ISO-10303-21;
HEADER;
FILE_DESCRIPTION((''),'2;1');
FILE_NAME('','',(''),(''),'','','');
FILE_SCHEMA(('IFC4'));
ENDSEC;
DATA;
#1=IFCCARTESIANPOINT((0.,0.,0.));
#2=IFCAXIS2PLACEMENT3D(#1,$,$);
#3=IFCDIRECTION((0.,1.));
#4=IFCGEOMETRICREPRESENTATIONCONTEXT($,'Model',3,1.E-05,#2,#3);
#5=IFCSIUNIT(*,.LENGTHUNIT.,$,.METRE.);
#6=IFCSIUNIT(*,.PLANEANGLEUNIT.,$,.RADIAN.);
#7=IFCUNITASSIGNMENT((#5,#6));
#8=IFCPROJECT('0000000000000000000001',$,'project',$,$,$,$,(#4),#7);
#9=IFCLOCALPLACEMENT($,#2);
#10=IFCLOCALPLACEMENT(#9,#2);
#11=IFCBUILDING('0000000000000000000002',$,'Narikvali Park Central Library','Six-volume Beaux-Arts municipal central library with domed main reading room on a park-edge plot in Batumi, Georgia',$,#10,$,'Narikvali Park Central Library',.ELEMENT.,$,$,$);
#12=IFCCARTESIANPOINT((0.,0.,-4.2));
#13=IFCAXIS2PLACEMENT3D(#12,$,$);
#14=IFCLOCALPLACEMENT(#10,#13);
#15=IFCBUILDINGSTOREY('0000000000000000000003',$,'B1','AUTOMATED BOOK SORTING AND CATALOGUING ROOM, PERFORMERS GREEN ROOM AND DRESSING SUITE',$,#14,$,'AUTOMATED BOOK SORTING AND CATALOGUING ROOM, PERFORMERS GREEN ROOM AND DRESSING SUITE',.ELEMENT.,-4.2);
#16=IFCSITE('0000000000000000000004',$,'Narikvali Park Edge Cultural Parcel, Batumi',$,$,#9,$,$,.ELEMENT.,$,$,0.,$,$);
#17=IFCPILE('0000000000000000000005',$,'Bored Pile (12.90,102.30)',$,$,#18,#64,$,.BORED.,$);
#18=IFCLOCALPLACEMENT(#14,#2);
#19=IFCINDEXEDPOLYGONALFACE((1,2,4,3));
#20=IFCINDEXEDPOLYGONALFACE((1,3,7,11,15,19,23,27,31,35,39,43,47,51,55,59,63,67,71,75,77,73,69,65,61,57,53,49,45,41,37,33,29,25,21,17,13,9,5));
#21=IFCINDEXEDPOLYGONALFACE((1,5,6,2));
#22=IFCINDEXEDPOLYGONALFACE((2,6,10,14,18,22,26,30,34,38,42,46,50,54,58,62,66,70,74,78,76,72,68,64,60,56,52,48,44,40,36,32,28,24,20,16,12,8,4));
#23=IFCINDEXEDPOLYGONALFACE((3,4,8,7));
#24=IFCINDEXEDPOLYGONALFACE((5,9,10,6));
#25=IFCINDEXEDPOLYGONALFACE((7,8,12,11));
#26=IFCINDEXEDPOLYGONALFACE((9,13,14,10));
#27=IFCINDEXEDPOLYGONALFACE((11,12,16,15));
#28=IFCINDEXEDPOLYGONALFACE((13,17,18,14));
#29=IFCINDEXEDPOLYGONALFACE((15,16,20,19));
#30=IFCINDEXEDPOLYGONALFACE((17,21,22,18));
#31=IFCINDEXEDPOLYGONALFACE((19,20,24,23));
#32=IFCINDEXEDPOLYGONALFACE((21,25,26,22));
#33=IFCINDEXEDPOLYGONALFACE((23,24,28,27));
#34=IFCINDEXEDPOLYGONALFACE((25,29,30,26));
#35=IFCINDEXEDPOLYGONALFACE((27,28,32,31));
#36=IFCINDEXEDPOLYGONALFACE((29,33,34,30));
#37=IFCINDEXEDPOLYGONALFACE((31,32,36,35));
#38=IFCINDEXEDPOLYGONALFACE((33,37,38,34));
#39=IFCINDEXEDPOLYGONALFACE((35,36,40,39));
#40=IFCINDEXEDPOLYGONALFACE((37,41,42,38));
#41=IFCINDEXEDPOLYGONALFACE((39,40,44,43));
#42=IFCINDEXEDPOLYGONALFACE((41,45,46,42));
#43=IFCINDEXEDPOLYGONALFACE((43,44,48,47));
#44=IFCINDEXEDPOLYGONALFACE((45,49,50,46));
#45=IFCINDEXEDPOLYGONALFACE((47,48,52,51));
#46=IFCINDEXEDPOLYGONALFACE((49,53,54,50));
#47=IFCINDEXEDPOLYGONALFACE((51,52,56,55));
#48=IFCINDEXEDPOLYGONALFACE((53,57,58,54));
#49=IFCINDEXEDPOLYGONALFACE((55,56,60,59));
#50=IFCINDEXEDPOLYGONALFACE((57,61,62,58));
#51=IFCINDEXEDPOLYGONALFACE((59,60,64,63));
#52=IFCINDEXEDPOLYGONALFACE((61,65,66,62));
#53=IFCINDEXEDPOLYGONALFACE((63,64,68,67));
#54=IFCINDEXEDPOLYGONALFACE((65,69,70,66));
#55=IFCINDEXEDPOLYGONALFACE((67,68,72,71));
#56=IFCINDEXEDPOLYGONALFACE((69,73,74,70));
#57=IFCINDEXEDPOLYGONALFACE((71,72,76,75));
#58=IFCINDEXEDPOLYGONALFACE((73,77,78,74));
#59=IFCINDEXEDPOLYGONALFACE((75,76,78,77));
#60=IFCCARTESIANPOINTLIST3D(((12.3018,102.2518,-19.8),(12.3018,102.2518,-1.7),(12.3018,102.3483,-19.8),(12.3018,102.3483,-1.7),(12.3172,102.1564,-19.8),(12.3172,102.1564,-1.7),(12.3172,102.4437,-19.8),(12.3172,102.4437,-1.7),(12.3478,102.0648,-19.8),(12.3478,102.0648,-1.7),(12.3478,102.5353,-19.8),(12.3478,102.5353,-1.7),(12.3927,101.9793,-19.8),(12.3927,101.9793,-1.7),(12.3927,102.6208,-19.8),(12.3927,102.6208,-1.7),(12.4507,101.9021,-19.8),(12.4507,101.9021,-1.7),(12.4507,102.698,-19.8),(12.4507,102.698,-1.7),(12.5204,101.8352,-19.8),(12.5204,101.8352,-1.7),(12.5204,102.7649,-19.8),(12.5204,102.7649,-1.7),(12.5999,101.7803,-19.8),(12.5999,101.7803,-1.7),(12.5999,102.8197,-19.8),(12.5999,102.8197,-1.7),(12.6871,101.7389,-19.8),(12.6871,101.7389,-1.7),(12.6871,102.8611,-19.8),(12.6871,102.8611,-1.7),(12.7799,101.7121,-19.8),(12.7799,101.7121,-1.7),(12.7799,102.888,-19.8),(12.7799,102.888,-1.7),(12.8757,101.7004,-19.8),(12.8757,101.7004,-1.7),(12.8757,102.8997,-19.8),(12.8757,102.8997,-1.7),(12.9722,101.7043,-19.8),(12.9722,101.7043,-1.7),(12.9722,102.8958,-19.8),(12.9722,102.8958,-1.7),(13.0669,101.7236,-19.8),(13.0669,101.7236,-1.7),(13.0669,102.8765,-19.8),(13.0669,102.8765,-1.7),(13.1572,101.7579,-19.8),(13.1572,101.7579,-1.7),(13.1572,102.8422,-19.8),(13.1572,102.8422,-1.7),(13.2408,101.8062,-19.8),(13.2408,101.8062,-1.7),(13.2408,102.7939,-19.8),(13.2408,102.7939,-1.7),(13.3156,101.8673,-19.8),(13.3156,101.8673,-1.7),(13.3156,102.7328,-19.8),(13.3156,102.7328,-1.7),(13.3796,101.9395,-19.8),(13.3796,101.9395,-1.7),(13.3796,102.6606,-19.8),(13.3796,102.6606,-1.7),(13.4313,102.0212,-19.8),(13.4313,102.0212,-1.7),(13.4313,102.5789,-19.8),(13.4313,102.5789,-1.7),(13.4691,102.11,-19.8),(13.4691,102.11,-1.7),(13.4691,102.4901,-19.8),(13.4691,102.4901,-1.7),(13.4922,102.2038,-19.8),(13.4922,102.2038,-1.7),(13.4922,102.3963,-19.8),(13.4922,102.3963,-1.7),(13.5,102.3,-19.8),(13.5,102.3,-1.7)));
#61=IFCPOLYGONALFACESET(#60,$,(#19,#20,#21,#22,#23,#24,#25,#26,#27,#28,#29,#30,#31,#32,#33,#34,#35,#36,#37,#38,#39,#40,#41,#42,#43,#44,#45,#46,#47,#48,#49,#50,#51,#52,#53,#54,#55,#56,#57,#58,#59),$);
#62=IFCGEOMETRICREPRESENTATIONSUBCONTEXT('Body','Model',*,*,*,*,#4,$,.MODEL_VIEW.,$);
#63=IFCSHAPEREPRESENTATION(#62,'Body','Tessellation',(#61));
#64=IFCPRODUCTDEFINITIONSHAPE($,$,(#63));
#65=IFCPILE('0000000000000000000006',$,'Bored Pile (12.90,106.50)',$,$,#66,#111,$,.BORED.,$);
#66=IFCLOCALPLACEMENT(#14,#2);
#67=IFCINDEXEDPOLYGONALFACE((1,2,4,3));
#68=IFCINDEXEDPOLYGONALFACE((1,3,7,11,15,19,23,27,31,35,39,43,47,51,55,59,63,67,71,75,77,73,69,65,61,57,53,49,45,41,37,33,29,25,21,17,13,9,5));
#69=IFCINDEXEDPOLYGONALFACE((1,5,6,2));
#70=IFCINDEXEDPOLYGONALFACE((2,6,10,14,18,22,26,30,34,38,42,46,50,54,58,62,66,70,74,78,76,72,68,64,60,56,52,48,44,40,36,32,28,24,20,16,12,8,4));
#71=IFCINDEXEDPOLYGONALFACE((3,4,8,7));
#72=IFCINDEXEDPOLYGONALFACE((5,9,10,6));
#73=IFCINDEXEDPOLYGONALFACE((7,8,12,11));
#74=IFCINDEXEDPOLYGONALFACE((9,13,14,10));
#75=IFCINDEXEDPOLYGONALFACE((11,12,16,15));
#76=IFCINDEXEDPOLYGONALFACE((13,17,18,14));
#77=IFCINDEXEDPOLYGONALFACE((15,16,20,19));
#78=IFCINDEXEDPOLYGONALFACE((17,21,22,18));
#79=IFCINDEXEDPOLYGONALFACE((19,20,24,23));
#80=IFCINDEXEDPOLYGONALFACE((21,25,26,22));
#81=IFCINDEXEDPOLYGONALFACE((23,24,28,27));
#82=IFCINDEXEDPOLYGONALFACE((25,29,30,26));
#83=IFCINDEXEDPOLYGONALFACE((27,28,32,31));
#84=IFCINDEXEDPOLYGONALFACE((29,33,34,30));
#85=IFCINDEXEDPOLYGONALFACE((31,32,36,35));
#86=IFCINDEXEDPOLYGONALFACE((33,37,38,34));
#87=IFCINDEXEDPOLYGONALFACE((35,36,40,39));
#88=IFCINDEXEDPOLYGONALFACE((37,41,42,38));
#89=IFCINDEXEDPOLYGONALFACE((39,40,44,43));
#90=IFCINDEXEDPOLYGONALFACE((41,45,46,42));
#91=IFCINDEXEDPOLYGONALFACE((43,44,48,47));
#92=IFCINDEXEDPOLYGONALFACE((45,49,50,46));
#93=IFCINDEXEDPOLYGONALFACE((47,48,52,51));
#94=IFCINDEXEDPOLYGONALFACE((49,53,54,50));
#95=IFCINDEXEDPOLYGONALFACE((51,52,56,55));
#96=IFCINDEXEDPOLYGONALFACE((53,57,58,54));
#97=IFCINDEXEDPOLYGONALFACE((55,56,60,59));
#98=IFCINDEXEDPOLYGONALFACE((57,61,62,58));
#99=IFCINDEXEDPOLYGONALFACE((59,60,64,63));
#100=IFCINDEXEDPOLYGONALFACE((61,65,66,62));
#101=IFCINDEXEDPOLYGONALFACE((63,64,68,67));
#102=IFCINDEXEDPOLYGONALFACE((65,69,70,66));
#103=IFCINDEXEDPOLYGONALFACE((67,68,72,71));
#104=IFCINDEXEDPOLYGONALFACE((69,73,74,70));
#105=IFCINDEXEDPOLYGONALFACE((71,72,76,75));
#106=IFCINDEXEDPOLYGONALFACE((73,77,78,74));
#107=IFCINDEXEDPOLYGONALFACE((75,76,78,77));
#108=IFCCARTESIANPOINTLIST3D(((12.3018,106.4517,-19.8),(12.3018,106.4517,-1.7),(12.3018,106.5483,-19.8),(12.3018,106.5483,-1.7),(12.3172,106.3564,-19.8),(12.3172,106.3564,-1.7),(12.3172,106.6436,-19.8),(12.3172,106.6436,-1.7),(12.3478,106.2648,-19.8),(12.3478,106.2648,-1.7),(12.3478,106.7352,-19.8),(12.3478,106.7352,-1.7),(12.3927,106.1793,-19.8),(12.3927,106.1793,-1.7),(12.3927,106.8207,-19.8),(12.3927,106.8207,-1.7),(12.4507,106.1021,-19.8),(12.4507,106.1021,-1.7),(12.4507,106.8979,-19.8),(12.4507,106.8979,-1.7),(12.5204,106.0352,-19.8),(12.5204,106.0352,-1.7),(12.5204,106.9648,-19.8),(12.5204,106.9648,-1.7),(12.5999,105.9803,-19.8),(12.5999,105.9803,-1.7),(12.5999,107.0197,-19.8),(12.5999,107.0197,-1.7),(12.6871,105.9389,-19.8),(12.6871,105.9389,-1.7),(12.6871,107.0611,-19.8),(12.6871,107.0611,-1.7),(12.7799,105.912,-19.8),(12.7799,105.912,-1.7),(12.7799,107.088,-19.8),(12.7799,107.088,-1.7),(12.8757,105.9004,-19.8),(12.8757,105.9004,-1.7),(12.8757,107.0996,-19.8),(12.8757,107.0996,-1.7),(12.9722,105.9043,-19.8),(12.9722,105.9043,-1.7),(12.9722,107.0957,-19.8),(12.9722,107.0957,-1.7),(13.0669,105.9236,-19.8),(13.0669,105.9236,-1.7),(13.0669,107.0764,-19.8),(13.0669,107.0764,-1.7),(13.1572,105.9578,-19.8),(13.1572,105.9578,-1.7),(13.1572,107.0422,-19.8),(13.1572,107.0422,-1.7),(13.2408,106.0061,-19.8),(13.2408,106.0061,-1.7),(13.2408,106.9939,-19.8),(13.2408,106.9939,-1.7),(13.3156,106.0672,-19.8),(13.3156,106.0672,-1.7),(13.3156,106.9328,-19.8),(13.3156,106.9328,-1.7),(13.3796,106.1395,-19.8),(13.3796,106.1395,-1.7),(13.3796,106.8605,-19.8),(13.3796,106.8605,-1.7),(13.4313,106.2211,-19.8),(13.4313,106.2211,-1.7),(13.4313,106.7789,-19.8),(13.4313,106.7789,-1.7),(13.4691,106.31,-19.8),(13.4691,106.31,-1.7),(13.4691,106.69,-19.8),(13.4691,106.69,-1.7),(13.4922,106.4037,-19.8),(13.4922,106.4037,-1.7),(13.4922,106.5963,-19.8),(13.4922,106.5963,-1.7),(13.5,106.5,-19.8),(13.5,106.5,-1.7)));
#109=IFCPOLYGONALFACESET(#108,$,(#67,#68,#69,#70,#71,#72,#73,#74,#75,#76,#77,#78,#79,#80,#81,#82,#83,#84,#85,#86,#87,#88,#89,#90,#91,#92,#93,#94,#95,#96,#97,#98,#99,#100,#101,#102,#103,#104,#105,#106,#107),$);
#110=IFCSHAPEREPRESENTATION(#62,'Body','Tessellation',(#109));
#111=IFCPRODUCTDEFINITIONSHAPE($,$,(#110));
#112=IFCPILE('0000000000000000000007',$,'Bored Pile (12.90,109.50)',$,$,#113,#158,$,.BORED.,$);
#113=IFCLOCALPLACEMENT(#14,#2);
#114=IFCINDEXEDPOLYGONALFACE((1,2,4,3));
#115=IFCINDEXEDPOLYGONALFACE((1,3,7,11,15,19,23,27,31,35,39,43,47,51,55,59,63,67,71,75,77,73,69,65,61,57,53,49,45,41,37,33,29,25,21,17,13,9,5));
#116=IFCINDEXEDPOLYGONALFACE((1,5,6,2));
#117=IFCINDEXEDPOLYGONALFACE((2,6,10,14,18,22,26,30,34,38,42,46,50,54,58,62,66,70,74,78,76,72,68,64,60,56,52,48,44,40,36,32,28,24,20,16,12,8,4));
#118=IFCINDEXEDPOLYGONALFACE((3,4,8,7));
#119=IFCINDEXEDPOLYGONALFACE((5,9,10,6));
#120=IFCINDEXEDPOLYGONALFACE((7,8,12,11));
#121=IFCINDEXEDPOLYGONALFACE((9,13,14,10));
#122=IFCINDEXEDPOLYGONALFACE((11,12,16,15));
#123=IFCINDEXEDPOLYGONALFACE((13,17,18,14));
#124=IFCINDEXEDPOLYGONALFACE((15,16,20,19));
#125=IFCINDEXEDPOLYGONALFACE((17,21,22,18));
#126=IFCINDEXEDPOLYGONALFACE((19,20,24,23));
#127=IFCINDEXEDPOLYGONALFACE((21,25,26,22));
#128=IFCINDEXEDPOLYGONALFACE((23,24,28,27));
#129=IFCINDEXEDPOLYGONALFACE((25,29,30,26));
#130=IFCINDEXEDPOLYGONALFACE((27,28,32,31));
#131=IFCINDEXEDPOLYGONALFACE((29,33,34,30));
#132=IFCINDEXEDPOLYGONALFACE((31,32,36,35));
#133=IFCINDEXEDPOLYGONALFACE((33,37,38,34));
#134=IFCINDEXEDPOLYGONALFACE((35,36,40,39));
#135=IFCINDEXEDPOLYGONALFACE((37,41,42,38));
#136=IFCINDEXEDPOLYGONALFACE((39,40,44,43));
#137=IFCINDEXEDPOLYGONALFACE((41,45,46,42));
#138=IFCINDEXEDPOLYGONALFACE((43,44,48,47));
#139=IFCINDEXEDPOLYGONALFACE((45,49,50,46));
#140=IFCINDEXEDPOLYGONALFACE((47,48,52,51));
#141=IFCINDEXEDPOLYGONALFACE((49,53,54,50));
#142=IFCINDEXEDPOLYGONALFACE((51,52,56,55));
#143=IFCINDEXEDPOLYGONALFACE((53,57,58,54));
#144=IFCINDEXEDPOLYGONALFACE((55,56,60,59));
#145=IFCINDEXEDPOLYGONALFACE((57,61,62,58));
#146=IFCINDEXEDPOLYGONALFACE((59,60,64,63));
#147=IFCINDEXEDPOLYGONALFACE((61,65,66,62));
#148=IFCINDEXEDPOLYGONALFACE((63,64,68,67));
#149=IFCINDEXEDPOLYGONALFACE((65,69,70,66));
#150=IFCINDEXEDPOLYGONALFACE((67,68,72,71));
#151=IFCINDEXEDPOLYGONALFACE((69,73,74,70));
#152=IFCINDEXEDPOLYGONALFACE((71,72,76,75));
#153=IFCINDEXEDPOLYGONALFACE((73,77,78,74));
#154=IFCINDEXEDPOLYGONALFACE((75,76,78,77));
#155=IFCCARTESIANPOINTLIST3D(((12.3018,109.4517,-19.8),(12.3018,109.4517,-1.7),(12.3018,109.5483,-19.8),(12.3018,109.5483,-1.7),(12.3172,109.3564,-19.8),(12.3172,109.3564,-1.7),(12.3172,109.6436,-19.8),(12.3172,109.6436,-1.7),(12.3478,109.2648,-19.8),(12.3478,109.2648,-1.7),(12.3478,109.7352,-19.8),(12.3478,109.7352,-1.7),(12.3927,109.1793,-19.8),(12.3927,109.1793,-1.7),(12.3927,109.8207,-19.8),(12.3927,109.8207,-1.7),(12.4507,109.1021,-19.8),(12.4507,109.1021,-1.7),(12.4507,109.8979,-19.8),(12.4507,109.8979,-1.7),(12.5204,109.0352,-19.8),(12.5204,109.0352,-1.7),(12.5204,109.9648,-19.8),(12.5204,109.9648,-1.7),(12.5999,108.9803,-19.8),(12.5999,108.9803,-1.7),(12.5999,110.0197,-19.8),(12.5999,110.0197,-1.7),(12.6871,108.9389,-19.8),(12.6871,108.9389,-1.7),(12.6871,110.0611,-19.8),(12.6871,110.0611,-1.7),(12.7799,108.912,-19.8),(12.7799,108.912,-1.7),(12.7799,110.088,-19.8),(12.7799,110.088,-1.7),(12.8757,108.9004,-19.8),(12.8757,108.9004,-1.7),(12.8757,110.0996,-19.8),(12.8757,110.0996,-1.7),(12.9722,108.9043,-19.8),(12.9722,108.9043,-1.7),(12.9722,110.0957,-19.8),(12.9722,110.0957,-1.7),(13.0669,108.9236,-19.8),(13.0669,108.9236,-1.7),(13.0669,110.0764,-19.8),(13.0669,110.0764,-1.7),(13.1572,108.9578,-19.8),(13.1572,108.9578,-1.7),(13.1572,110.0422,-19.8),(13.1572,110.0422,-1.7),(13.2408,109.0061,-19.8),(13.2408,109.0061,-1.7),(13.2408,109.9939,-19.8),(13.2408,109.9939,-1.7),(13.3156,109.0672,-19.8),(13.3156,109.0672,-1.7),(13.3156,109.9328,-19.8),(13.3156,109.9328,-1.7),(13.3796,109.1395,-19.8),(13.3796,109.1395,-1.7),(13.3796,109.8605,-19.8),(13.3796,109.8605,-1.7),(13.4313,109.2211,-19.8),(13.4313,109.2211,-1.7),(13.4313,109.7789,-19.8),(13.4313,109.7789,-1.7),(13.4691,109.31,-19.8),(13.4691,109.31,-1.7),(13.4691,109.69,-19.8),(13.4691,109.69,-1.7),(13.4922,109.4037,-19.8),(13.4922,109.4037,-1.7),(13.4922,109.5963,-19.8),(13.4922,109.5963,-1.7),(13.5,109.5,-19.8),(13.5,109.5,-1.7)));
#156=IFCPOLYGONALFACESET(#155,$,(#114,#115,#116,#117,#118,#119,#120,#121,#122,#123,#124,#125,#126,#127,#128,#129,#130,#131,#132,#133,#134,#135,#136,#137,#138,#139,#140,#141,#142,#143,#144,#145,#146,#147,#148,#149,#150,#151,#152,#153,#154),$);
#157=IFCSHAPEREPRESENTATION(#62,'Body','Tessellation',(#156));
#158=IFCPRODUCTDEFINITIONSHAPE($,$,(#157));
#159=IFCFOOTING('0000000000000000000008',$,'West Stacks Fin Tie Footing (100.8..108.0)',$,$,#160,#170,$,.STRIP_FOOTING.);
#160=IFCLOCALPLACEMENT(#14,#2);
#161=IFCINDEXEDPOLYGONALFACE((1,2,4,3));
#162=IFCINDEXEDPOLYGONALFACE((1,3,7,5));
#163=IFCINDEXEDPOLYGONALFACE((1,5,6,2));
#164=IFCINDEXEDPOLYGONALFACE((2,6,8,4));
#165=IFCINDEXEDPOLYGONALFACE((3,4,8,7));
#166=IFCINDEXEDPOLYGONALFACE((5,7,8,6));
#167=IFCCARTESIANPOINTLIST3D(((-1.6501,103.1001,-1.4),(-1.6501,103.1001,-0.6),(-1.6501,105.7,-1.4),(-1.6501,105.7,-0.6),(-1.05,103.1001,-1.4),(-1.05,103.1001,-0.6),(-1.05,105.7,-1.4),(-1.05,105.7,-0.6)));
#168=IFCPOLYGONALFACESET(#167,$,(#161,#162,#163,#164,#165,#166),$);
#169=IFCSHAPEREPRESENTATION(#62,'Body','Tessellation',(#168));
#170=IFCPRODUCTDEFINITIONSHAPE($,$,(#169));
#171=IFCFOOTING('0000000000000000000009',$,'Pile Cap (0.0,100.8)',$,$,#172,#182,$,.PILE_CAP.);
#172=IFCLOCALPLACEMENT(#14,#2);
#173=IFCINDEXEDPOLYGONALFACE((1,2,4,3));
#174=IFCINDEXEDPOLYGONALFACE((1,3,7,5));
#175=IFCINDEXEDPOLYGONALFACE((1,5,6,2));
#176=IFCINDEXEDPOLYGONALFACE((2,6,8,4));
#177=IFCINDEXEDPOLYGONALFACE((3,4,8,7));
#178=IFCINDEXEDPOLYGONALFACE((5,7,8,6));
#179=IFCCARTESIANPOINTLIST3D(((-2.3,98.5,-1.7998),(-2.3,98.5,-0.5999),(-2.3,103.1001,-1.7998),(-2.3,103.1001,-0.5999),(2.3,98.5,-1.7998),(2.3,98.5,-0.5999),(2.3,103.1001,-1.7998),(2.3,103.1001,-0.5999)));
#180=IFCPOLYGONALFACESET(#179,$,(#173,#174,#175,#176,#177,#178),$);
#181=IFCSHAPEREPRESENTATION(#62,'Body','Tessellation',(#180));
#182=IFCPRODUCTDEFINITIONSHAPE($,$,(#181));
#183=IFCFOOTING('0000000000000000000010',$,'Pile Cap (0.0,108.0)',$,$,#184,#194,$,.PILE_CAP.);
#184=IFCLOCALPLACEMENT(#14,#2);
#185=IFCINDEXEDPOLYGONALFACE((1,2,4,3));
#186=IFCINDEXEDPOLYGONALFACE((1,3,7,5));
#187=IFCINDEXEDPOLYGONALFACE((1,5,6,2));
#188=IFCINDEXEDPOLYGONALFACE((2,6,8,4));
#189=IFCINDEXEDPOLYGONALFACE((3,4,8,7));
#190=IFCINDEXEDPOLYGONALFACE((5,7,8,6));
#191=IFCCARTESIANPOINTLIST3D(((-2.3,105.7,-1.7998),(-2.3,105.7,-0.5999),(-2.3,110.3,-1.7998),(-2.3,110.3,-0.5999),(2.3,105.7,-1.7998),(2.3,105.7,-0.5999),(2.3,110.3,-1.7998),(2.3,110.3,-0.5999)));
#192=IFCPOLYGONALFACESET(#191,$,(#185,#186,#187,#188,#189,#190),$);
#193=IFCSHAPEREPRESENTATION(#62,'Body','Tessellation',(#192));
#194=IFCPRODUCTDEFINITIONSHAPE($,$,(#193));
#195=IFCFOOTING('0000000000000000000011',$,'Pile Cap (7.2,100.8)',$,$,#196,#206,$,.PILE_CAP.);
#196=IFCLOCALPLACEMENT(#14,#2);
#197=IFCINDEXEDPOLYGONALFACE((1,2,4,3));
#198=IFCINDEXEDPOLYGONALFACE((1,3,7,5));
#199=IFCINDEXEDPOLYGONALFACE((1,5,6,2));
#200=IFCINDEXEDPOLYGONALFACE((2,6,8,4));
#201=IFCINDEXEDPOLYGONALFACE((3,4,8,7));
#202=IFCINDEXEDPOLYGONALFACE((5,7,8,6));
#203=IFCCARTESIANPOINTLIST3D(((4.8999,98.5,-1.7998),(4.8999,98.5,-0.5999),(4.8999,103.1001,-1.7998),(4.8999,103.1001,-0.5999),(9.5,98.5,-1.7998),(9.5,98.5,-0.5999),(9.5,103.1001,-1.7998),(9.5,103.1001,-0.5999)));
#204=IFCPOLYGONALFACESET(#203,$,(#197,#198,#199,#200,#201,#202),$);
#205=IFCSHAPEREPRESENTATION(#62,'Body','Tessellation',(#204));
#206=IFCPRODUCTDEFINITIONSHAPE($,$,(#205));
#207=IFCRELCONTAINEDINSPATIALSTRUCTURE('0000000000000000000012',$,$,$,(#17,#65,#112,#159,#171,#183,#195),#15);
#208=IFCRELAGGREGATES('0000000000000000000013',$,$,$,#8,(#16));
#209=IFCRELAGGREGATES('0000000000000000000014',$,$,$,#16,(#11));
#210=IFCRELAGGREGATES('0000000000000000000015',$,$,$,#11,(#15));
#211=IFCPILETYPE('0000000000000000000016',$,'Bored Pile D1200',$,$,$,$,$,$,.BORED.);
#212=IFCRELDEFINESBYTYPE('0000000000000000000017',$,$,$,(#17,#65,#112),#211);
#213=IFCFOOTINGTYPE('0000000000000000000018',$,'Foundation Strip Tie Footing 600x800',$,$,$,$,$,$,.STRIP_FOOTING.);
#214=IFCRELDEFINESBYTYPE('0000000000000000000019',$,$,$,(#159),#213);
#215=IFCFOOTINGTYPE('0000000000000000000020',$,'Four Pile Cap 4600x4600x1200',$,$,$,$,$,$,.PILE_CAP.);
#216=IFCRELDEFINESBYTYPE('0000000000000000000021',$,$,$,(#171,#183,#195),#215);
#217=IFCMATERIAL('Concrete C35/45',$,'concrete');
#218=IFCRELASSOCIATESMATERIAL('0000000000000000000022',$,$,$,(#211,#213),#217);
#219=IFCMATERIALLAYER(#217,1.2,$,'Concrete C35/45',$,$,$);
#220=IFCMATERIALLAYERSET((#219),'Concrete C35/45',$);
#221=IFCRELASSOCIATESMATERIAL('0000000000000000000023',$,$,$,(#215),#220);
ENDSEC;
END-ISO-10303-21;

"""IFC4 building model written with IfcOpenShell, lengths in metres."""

from ifc_helpers import new_model, si_unit, direction, frame, origin, origin_2d, place, context, subcontext, project, spatial, rectangle, circle, extrude, material, layer, layer_set, material_profile, profile_set, type_object, element, save


model = new_model("IFC4")

# Units and contexts
model_context = context("Model", 3, precision=1e-05, world=origin(), true_north=direction((0.0, 1.0)))
body_context = subcontext(model_context, "Body", "Model", "MODEL_VIEW")
ifc_project = project(units=[si_unit("LENGTHUNIT", "METRE"), si_unit("PLANEANGLEUNIT", "RADIAN")], contexts=[model_context])

# Site, building, storey
site_placement = place(None, origin())
site = spatial("IfcSite", under=ifc_project, at=site_placement, Name="Narikvali Park Edge Cultural Parcel, Batumi", CompositionType="ELEMENT", RefElevation=0.0)
building_placement = place(site_placement, origin())
building = spatial("IfcBuilding", under=site, at=building_placement, Name="Narikvali Park Central Library", Description="Six-volume Beaux-Arts municipal central library with domed main reading room on a park-edge plot in Batumi, Georgia", LongName="Narikvali Park Central Library", CompositionType="ELEMENT")
storey_placement = place(building_placement, frame((0.0, 0.0, -4.2)))
storey = spatial("IfcBuildingStorey", under=building, at=storey_placement, Name="B1", Description="AUTOMATED BOOK SORTING AND CATALOGUING ROOM, PERFORMERS GREEN ROOM AND DRESSING SUITE", LongName="AUTOMATED BOOK SORTING AND CATALOGUING ROOM, PERFORMERS GREEN ROOM AND DRESSING SUITE", CompositionType="ELEMENT", Elevation=-4.2)

# Piles
ifc_material_1 = material(Name="Concrete C35/45", Category="concrete")
ifc_material_profile_1 = material_profile(ifc_material_1, circle(Radius=0.6001, at=origin_2d()), Name="PILE D1200")
ifc_profile_set_1 = profile_set([ifc_material_profile_1], Name="Concrete C35/45")
pile_type = type_object("IfcPileType", Name="Bored Pile D1200", PredefinedType="BORED", material=ifc_profile_set_1)
for number, where, z_axis, x_axis, name in (
    (1, (12.8999, 102.3, -1.7), (0.0, 0.0, -1.0), (1.0, 0.0, 0.0), "Bored Pile (12.90,102.30)"),
    (2, (12.8999, 106.5, -1.7), (0.0, 0.0, -1.0), (1.0, 0.0, 0.0), "Bored Pile (12.90,106.50)"),
    (3, (12.8999, 109.5, -1.7), (0.0, 0.0, -1.0), (1.0, 0.0, 0.0), "Bored Pile (12.90,109.50)"),
):
    element("IfcPile", number, at=place(storey_placement, frame(where, z_axis=z_axis, x_axis=x_axis)), inside=storey, type_object=pile_type, Name=name, PredefinedType="BORED", context=body_context, shape_type="SweptSolid", body=[
        extrude(circle(Radius=0.6001, at=origin_2d()), origin(), (0.0, 0.0, 1.0), 18.1001),
    ])

# Footings
ifc_material_profile_2 = material_profile(ifc_material_1, rectangle(XDim=0.6001, YDim=0.8, at=origin_2d()), Name="RC GB 600x800")
ifc_profile_set_2 = profile_set([ifc_material_profile_2], Name="Concrete C35/45")
footing_type_1 = type_object("IfcFootingType", Name="Foundation Strip Tie Footing 600x800", PredefinedType="STRIP_FOOTING", material=ifc_profile_set_2)
footing_1_placement = place(storey_placement, frame((-1.3501, 103.1001, -1.0), z_axis=(0.0, 1.0, 0.0), x_axis=(-1.0, 0.0, 0.0)))
element("IfcFooting", 4, at=footing_1_placement, inside=storey, type_object=footing_type_1, Name="West Stacks Fin Tie Footing (100.8..108.0)", PredefinedType="STRIP_FOOTING", context=body_context, shape_type="SweptSolid", body=[
    extrude(rectangle(XDim=0.6001, YDim=0.8, at=origin_2d()), origin(), (0.0, 0.0, 1.0), 2.5999),
])
ifc_layer_1 = layer(ifc_material_1, 1.2, Name="Concrete C35/45")
ifc_layer_set_1 = layer_set([ifc_layer_1], Name="Concrete C35/45")
footing_type_2 = type_object("IfcFootingType", Name="Four Pile Cap 4600x4600x1200", PredefinedType="PILE_CAP", material=ifc_layer_set_1)
for number, where, z_axis, x_axis, name in (
    (5, (0.0, 100.8, -1.7998), (0.0, 0.0, 1.0), (1.0, 0.0, 0.0), "Pile Cap (0.0,100.8)"),
    (6, (0.0, 108.0, -1.7998), (0.0, 0.0, 1.0), (1.0, 0.0, 0.0), "Pile Cap (0.0,108.0)"),
    (7, (7.2, 100.8, -1.7998), (0.0, 0.0, 1.0), (1.0, 0.0, 0.0), "Pile Cap (7.2,100.8)"),
):
    element("IfcFooting", number, at=place(storey_placement, frame(where, z_axis=z_axis, x_axis=x_axis)), inside=storey, type_object=footing_type_2, Name=name, PredefinedType="PILE_CAP", context=body_context, shape_type="SweptSolid", body=[
        extrude(rectangle(XDim=4.6001, YDim=4.6001, at=origin_2d()), origin(), (0.0, 0.0, 1.0), 1.2),
    ])

save(model, "model.ifc")
